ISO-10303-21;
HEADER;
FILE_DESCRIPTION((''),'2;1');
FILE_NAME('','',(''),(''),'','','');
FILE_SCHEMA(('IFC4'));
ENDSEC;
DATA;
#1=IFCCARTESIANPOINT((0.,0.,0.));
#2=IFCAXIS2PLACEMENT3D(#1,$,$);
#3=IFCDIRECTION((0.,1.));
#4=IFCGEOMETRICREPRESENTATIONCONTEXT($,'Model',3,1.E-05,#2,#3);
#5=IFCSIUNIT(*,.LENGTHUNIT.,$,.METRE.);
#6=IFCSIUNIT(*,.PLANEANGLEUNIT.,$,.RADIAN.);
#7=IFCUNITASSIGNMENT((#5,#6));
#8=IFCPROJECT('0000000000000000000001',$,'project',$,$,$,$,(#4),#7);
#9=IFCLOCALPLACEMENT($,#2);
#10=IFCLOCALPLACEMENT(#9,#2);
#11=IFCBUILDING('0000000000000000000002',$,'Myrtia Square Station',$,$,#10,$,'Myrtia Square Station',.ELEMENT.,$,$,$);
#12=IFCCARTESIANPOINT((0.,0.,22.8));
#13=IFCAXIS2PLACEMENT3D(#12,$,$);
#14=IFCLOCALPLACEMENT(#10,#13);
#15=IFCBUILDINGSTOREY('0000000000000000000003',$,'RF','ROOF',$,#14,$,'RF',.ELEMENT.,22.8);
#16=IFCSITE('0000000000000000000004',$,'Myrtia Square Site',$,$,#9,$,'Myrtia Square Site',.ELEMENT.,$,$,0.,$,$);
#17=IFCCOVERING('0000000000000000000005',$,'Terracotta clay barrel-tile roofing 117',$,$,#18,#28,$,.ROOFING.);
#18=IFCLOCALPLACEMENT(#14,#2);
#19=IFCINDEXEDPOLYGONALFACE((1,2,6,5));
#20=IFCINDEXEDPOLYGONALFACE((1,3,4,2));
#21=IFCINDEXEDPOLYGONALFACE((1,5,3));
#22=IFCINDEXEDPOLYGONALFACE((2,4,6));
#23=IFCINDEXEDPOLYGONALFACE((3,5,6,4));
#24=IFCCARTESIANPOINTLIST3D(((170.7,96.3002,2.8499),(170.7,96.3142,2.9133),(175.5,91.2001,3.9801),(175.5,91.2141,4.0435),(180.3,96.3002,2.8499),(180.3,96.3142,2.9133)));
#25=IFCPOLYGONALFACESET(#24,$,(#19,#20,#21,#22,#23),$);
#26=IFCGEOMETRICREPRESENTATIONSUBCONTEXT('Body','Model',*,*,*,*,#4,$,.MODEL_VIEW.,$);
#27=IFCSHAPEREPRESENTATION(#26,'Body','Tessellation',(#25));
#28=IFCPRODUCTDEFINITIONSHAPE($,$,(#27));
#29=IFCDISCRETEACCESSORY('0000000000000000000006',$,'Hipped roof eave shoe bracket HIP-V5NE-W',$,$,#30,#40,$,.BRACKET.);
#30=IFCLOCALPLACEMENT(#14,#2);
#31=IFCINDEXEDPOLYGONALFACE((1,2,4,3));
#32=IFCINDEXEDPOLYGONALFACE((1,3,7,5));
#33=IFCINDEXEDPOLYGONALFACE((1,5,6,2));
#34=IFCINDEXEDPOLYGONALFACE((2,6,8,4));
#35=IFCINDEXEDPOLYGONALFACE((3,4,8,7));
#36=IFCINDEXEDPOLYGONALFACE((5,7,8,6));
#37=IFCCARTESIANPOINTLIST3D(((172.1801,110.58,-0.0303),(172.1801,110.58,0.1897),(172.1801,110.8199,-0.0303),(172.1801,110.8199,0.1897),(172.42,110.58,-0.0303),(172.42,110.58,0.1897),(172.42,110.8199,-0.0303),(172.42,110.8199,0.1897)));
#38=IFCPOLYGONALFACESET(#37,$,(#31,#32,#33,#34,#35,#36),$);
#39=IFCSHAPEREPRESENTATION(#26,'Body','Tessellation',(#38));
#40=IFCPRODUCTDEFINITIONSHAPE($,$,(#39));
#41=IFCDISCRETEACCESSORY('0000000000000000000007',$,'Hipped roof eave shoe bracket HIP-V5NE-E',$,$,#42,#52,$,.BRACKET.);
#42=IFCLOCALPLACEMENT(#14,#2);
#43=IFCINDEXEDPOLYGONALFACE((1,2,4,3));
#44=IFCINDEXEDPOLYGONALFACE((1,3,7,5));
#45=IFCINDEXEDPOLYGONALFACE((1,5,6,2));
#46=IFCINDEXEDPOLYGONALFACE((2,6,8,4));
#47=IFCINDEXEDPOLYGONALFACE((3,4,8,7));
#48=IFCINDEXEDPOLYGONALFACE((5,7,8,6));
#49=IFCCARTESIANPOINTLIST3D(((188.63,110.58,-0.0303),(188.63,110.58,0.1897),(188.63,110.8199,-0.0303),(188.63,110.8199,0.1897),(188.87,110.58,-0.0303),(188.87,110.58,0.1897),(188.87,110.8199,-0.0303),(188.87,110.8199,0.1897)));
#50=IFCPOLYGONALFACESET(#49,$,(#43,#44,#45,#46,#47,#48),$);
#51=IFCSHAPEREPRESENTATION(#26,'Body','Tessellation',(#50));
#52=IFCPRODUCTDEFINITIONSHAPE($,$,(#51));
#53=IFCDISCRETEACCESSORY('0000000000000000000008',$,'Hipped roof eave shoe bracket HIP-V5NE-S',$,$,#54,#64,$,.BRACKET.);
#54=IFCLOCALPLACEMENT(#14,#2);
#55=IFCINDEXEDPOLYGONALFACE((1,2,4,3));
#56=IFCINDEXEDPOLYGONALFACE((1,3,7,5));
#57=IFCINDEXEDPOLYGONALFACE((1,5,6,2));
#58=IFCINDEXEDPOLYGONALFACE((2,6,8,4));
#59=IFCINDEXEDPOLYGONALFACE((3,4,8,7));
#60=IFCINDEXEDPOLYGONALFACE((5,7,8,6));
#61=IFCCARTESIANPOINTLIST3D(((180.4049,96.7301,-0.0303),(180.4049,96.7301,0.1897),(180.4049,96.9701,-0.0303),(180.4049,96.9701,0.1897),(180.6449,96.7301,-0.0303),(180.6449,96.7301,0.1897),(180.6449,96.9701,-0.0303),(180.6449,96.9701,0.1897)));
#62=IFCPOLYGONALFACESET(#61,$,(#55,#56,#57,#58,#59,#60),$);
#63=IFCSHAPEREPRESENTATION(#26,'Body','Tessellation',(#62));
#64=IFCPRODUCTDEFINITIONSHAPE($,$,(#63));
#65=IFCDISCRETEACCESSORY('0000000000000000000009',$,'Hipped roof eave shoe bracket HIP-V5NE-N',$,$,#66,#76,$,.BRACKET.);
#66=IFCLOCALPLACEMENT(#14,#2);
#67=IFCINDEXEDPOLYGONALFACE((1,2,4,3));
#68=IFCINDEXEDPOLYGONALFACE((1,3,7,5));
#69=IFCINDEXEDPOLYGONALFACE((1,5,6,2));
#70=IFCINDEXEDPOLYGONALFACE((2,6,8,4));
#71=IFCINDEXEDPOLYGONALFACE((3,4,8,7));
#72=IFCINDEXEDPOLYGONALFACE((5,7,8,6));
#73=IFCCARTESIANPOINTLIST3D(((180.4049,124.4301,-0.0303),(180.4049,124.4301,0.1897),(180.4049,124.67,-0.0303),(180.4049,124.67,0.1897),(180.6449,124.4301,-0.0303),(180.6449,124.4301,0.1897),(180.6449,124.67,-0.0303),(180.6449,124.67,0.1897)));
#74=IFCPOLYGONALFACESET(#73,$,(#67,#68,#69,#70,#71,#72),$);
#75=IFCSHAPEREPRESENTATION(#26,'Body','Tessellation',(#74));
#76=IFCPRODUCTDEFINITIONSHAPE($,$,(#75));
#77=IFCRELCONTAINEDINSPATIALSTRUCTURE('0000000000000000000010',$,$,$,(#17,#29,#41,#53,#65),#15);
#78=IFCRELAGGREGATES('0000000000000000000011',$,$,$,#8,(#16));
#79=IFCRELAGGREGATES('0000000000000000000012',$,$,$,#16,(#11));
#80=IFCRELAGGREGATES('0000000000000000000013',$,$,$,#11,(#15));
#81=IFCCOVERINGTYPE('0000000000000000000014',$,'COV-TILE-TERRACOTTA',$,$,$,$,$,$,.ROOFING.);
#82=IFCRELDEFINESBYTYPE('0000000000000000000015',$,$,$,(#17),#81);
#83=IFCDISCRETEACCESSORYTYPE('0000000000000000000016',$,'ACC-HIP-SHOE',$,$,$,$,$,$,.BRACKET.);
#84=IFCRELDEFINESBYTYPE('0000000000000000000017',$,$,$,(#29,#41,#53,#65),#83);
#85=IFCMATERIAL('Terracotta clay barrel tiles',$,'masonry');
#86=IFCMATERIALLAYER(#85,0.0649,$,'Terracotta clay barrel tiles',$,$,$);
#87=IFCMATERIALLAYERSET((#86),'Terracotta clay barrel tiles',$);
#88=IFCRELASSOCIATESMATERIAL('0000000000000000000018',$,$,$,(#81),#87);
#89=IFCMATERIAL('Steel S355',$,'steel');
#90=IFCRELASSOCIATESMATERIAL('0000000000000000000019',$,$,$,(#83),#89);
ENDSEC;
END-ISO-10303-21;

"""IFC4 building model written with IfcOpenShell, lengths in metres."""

from ifc_helpers import new_model, si_unit, direction, frame, origin, origin_2d, place, context, subcontext, project, spatial, polyline, rectangle, outline, extrude, material, layer, layer_set, type_object, element, save


model = new_model("IFC4")

# Units and contexts
model_context = context("Model", 3, precision=1e-05, world=origin(), true_north=direction((0.0, 1.0)))
body_context = subcontext(model_context, "Body", "Model", "MODEL_VIEW")
ifc_project = project(units=[si_unit("LENGTHUNIT", "METRE"), si_unit("PLANEANGLEUNIT", "RADIAN")], contexts=[model_context])

# Site, building, storey
site_placement = place(None, origin())
site = spatial("IfcSite", under=ifc_project, at=site_placement, Name="Myrtia Square Site", LongName="Myrtia Square Site", CompositionType="ELEMENT", RefElevation=0.0)
building_placement = place(site_placement, origin())
building = spatial("IfcBuilding", under=site, at=building_placement, Name="Myrtia Square Station", LongName="Myrtia Square Station", CompositionType="ELEMENT")
storey_placement = place(building_placement, frame((0.0, 0.0, 22.8)))
storey = spatial("IfcBuildingStorey", under=building, at=storey_placement, Name="RF", Description="ROOF", LongName="RF", CompositionType="ELEMENT", Elevation=22.8)

# Shared definitions
ifc_material_1 = material(Name="Steel S355", Category="steel")

# Covering
ifc_material_2 = material(Name="Terracotta clay barrel tiles", Category="masonry")
ifc_layer_1 = layer(ifc_material_2, 0.0649, Name="Terracotta clay barrel tiles")
ifc_layer_set_1 = layer_set([ifc_layer_1], Name="Terracotta clay barrel tiles")
covering_type_1 = type_object("IfcCoveringType", Name="COV-TILE-TERRACOTTA", PredefinedType="ROOFING", material=ifc_layer_set_1)
covering_1_placement = place(storey_placement, frame((180.3, 96.3142, 2.9133), z_axis=(0.0, 0.216342, 0.976318), x_axis=(-1.0, 0.0, 0.0)))
element("IfcCovering", 1, at=covering_1_placement, inside=storey, type_object=covering_type_1, Name="Terracotta clay barrel-tile roofing 117", PredefinedType="ROOFING", context=body_context, shape_type="SweptSolid", body=[
    extrude(outline(polyline([(0.0, 0.0), (9.6001, 0.0), (4.8, 5.2238), (0.0, 0.0)])), origin(), (0.0, 0.0, -1.0), 0.0649),
])

# Discrete accessories
discrete_accessory_type = type_object("IfcDiscreteAccessoryType", Name="ACC-HIP-SHOE", PredefinedType="BRACKET", material=ifc_material_1)
for number, where, z_axis, x_axis, name in (
    (2, (172.3, 110.7, -0.0303), (0.0, 0.0, 1.0), (1.0, 0.0, 0.0), "Hipped roof eave shoe bracket HIP-V5NE-W"),
    (3, (188.75, 110.7, -0.0303), (0.0, 0.0, 1.0), (1.0, 0.0, 0.0), "Hipped roof eave shoe bracket HIP-V5NE-E"),
    (4, (180.5249, 96.8501, -0.0303), (0.0, 0.0, 1.0), (1.0, 0.0, 0.0), "Hipped roof eave shoe bracket HIP-V5NE-S"),
    (5, (180.5249, 124.55, -0.0303), (0.0, 0.0, 1.0), (1.0, 0.0, 0.0), "Hipped roof eave shoe bracket HIP-V5NE-N"),
):
    element("IfcDiscreteAccessory", number, at=place(storey_placement, frame(where, z_axis=z_axis, x_axis=x_axis)), inside=storey, type_object=discrete_accessory_type, Name=name, PredefinedType="BRACKET", context=body_context, shape_type="SweptSolid", body=[
        extrude(rectangle(XDim=0.24, YDim=0.24, at=origin_2d()), origin(), (0.0, 0.0, 1.0), 0.22),
    ])

save(model, "model.ifc")
